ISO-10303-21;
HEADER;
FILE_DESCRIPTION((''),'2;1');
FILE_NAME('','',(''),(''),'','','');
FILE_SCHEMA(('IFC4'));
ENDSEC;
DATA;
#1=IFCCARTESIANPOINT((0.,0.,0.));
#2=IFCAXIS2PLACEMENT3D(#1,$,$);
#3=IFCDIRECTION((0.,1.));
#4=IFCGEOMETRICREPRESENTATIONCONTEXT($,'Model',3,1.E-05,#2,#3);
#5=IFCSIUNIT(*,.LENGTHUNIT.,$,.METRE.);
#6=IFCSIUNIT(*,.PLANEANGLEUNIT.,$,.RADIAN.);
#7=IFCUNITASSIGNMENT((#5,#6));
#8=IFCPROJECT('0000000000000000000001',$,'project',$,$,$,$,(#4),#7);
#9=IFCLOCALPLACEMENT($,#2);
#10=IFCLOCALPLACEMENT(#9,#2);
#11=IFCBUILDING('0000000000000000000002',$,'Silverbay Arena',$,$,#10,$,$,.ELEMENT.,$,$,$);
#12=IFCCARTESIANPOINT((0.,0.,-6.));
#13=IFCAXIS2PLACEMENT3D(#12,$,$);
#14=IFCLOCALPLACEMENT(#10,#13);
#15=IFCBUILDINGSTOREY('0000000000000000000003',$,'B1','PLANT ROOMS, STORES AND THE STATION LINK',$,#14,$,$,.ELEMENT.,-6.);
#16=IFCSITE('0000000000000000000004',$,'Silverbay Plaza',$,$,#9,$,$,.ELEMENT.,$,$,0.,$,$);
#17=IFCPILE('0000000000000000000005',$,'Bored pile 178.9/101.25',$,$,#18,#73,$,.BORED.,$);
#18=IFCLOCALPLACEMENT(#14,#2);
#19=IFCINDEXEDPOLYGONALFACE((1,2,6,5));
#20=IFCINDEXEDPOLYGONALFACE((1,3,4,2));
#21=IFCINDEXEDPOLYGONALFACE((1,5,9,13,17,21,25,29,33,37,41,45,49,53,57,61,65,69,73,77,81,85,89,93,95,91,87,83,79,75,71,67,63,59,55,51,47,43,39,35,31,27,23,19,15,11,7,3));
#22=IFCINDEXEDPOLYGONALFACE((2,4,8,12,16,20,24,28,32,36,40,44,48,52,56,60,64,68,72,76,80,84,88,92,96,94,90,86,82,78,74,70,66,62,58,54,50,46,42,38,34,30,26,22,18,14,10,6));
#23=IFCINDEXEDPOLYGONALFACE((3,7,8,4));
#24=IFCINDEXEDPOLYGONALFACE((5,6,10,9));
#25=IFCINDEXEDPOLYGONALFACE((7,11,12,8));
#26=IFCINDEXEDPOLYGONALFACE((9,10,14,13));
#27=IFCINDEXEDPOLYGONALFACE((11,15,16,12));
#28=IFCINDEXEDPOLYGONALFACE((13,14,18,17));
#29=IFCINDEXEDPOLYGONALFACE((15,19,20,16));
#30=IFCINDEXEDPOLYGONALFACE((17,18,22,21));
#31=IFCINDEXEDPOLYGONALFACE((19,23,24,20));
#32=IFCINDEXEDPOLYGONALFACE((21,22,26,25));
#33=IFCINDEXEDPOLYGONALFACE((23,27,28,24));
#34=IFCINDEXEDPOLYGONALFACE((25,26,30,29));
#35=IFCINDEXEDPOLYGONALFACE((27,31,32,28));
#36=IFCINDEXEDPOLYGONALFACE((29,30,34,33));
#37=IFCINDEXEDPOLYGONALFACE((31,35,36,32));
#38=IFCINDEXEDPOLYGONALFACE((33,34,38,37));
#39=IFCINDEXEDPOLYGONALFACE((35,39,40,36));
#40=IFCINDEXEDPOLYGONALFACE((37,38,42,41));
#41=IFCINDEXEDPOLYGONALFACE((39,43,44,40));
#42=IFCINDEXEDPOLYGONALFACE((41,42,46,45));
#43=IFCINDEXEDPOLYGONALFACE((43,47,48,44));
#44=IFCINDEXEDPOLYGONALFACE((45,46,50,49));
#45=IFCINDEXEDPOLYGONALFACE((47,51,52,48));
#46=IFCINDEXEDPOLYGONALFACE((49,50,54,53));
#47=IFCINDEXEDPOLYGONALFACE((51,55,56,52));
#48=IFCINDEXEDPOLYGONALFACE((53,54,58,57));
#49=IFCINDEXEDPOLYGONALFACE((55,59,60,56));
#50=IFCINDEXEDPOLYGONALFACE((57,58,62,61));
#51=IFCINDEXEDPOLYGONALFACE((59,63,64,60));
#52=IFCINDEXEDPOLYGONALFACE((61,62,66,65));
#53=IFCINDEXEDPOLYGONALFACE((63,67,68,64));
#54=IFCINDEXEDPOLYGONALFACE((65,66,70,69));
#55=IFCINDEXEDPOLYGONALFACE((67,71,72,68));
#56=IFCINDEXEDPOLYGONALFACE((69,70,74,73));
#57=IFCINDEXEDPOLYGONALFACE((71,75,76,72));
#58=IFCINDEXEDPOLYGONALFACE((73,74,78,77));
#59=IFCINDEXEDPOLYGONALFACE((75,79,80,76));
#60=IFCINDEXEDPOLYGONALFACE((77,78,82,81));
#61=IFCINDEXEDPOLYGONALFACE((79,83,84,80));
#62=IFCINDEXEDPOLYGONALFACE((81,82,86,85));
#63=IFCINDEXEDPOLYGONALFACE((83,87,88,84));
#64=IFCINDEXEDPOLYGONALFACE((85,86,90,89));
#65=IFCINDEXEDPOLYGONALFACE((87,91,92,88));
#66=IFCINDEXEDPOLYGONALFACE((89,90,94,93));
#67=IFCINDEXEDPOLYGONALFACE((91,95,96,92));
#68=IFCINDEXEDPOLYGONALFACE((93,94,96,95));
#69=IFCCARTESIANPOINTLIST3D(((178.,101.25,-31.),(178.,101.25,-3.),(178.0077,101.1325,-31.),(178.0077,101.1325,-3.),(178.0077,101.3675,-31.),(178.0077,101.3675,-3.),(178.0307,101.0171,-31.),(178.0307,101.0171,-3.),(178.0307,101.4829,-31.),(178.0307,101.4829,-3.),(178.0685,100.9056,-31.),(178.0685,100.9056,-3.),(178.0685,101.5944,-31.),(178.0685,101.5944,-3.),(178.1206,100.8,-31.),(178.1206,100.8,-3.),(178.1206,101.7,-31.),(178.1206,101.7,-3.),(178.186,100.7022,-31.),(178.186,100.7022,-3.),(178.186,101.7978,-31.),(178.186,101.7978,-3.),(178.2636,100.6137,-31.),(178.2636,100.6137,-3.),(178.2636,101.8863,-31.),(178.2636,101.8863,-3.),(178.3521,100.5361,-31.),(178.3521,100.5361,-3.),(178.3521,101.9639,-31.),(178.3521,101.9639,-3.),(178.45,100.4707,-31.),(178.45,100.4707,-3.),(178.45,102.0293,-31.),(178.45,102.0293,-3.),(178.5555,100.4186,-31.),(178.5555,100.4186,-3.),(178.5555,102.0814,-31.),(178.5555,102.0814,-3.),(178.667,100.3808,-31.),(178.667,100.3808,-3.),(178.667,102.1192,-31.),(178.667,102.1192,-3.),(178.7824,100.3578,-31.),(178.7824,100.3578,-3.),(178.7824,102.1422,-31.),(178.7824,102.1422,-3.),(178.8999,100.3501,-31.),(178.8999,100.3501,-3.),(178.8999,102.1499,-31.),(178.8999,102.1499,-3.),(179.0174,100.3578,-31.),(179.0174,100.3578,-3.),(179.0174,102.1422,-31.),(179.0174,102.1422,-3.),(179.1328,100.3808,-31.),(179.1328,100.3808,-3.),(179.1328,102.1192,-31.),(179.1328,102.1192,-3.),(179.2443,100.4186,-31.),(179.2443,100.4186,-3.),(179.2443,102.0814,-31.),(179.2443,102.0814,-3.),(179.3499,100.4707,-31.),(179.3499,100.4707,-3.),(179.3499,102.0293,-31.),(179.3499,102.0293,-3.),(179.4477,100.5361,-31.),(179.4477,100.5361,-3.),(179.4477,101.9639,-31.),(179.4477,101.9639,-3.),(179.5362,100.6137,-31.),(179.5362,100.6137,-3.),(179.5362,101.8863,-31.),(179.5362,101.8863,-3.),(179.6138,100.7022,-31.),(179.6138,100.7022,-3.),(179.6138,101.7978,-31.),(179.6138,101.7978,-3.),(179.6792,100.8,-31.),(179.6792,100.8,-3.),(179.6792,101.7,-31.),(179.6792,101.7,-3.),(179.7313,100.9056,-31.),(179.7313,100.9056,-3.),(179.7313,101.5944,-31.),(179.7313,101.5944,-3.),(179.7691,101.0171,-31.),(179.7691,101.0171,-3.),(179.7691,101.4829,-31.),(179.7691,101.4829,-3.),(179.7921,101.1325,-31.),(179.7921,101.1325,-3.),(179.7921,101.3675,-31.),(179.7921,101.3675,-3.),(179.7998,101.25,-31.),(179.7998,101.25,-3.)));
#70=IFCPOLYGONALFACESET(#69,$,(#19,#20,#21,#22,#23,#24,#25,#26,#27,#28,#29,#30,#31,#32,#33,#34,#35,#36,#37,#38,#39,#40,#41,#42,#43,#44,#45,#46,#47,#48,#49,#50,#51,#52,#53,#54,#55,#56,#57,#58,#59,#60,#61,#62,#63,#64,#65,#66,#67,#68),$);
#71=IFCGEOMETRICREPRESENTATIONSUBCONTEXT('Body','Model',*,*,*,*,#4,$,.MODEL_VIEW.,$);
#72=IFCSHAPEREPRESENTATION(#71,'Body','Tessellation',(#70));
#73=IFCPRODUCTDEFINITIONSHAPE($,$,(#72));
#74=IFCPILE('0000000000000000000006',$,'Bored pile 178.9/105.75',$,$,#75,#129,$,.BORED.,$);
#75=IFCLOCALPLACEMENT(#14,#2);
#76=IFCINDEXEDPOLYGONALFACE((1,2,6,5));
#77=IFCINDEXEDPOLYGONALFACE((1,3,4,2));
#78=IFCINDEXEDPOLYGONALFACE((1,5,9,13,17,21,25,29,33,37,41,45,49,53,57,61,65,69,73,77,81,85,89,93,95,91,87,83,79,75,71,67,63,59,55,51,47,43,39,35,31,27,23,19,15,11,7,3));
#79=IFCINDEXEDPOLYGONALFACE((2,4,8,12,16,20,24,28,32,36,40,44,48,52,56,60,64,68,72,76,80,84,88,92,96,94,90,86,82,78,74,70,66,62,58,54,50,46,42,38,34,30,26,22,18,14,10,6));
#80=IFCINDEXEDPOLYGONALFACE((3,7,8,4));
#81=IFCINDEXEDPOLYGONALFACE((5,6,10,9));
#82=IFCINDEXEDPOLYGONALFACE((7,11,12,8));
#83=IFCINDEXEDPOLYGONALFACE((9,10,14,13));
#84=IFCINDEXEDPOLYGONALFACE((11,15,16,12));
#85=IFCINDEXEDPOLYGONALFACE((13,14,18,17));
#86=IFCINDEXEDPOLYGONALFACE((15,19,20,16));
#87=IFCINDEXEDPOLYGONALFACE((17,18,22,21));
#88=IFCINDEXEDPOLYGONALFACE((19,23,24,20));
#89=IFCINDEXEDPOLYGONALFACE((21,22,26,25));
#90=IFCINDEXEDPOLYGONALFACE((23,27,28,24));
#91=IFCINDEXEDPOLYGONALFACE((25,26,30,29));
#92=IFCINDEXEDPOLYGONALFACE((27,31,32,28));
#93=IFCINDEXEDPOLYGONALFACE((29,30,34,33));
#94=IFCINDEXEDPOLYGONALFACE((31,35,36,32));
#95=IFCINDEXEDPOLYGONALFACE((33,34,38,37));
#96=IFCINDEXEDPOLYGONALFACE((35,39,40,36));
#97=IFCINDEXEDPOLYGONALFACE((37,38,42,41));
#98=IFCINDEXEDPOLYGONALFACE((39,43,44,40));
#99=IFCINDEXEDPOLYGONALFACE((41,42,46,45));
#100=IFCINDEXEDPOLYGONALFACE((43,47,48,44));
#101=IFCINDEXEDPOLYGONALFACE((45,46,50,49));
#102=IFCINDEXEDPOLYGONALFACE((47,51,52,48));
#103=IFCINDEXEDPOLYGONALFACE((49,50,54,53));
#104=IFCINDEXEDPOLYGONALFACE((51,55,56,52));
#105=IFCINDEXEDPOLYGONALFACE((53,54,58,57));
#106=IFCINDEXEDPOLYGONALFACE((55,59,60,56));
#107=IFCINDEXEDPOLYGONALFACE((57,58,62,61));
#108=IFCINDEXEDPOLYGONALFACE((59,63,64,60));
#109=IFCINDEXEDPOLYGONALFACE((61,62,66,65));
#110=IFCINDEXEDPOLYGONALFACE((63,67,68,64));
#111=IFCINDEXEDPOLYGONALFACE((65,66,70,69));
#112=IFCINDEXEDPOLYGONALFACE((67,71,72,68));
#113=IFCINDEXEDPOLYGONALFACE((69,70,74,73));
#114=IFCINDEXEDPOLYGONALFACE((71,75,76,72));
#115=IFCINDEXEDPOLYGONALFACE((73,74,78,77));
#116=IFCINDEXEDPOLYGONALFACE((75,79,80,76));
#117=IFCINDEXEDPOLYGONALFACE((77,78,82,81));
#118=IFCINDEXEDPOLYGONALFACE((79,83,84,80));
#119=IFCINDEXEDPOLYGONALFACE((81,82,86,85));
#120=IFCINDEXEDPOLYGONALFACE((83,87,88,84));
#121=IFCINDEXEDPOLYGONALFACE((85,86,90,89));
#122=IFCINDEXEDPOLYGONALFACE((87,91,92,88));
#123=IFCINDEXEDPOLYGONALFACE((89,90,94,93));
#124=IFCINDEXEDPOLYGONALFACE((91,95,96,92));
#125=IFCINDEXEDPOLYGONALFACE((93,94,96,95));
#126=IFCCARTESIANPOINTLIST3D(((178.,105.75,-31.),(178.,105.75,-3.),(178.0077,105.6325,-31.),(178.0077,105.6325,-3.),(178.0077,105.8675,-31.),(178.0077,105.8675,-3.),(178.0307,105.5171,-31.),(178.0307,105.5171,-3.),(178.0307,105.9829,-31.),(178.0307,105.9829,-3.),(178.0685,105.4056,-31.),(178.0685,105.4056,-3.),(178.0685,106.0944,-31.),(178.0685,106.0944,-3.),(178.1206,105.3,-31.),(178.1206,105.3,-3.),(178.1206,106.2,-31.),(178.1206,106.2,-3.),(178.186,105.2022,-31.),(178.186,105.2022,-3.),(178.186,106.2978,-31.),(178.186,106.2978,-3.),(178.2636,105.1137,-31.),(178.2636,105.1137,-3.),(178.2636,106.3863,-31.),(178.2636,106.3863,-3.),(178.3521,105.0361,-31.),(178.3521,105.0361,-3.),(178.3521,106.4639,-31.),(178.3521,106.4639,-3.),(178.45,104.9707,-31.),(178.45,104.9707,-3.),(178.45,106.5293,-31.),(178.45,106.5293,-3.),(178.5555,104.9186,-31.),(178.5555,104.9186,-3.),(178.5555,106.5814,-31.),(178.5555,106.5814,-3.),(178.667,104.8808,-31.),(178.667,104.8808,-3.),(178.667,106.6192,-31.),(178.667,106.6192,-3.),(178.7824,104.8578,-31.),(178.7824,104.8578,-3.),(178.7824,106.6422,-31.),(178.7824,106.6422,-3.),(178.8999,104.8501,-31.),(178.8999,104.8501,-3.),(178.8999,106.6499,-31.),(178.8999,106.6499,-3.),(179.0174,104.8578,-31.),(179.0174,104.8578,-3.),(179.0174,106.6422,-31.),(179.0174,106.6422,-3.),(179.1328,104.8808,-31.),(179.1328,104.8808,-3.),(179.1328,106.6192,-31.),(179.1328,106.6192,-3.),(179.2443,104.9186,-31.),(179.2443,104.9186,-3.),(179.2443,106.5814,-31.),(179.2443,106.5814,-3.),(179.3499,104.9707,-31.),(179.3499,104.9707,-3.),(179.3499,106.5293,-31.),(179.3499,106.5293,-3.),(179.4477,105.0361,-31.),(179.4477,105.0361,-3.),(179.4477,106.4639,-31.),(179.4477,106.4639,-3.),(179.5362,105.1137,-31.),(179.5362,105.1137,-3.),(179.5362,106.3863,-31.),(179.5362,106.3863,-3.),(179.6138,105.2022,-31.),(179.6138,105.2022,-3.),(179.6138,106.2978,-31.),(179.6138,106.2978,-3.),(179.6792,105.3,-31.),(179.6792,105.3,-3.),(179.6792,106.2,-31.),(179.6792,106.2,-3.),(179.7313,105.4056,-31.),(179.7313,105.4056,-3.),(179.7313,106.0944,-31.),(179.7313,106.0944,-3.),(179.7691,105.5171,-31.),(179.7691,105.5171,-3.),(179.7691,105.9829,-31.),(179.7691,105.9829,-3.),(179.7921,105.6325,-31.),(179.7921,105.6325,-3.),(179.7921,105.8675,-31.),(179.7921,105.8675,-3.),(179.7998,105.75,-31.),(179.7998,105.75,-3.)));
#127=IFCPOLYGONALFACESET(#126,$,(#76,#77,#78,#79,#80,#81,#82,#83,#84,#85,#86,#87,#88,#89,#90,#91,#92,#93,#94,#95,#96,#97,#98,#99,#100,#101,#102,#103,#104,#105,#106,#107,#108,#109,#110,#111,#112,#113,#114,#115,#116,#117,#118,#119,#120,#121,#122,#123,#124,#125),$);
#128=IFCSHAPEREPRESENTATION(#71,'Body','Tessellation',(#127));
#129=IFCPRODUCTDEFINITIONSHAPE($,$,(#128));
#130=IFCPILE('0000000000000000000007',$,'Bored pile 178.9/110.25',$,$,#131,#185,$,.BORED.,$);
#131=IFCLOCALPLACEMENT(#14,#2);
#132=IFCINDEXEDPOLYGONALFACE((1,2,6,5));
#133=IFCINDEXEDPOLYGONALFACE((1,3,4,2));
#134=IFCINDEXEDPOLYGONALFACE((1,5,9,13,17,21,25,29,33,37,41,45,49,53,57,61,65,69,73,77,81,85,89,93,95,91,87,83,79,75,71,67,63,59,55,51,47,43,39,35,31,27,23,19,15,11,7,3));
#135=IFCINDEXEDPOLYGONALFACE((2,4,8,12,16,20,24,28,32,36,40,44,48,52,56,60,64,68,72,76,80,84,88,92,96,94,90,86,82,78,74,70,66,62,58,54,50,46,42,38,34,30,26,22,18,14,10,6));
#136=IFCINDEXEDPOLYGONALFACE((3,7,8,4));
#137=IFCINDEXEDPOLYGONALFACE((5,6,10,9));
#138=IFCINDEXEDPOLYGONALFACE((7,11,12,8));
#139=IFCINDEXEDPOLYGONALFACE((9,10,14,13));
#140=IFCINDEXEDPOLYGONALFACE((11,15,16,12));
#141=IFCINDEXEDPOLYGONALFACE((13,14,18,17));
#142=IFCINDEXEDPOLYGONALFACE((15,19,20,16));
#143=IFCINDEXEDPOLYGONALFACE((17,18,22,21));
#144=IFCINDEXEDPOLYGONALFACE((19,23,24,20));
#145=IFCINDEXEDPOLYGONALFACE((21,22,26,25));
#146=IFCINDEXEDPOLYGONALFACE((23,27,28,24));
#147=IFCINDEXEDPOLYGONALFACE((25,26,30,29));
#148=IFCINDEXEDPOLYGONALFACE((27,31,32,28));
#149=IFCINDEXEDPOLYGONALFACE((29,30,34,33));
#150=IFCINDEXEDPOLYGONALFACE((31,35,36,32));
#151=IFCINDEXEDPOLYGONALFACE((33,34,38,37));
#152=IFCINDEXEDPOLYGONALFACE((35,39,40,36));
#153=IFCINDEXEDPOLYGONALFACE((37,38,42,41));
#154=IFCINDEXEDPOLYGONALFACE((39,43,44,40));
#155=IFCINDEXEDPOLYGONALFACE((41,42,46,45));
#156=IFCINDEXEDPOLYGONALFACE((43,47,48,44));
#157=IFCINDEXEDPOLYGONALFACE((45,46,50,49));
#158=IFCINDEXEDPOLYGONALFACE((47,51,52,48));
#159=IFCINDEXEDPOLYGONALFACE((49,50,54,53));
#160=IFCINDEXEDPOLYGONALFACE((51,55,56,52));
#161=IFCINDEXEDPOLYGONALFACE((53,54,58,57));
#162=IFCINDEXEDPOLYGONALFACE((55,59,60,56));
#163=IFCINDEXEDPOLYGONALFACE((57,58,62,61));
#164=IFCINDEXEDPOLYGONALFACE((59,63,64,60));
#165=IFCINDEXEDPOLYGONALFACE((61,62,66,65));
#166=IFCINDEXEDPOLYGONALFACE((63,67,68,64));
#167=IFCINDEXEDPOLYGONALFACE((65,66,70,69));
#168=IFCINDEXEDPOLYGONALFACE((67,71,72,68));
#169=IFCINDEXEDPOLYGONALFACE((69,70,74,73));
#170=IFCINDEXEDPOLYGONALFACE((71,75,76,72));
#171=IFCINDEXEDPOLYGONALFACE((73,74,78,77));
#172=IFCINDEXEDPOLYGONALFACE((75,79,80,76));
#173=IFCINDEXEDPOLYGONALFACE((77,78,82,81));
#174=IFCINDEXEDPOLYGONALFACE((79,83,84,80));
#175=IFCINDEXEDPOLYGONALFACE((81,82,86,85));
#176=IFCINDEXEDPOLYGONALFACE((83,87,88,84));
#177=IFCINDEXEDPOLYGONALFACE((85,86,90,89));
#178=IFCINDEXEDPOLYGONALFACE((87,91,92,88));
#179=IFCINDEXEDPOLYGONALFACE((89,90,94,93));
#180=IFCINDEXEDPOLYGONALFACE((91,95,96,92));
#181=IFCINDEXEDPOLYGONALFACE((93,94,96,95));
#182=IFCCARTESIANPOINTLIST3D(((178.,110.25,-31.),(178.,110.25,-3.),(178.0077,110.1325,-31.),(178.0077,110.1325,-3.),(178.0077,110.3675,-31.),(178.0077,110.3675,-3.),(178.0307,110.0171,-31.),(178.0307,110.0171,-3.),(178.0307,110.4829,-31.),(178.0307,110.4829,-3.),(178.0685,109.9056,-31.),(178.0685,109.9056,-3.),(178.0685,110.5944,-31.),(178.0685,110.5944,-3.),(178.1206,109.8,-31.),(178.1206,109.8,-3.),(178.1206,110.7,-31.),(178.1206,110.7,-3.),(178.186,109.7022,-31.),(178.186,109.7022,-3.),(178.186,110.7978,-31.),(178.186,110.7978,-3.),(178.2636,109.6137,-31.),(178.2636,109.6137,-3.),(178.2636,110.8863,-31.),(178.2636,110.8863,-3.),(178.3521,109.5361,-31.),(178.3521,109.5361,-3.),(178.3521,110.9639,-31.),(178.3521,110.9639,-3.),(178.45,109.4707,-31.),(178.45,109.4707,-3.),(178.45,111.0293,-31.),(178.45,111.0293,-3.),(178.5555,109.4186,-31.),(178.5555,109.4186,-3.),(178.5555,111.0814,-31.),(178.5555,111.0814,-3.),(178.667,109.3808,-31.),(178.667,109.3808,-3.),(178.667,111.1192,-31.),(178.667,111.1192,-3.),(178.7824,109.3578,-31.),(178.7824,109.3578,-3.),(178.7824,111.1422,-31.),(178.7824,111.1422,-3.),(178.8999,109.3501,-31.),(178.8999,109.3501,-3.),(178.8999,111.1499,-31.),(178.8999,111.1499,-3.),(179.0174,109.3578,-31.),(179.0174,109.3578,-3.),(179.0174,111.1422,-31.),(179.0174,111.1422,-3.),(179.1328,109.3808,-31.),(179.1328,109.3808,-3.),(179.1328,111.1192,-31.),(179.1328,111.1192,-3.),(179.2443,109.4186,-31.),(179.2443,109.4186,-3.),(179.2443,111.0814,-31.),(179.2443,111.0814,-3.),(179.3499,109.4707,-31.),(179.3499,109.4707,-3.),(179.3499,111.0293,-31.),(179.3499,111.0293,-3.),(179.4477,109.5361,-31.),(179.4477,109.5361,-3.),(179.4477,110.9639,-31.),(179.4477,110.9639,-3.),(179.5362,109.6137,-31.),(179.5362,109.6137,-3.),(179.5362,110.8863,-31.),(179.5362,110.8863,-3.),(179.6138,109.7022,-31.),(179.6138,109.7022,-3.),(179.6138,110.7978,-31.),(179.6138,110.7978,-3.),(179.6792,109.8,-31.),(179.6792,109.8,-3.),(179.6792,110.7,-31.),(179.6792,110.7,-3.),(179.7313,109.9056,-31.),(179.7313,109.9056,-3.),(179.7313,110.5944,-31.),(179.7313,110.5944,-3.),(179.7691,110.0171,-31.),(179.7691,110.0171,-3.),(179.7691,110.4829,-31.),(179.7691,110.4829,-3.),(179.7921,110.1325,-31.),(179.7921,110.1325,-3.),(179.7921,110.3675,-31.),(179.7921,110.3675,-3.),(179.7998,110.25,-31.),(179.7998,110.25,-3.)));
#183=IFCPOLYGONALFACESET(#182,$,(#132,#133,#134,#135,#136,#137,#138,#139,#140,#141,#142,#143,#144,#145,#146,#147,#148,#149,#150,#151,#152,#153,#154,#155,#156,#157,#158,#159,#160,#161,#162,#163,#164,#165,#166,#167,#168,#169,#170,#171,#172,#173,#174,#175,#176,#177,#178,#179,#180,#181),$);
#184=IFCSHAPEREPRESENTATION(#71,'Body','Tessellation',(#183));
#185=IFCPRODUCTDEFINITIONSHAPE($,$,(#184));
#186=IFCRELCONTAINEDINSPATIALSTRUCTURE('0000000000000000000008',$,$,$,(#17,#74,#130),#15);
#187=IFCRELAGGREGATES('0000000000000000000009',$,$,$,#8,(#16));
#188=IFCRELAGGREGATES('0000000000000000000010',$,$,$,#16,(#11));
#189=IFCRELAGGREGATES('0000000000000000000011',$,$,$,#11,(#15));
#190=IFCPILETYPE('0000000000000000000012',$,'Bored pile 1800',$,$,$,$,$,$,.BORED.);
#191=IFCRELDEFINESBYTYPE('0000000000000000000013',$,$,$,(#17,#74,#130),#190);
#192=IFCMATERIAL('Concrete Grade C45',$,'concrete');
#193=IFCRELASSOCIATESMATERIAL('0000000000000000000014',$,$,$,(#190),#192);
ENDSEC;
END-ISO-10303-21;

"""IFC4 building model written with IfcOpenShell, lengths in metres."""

from ifc_helpers import new_model, si_unit, direction, frame, origin, origin_2d, place, context, subcontext, project, spatial, circle, extrude, material, material_profile, profile_set, type_object, element, save


model = new_model("IFC4")

# Units and contexts
model_context = context("Model", 3, precision=1e-05, world=origin(), true_north=direction((0.0, 1.0)))
body_context = subcontext(model_context, "Body", "Model", "MODEL_VIEW")
ifc_project = project(units=[si_unit("LENGTHUNIT", "METRE"), si_unit("PLANEANGLEUNIT", "RADIAN")], contexts=[model_context])

# Site, building, storey
site_placement = place(None, origin())
site = spatial("IfcSite", under=ifc_project, at=site_placement, Name="Silverbay Plaza", CompositionType="ELEMENT", RefElevation=0.0)
building_placement = place(site_placement, origin())
building = spatial("IfcBuilding", under=site, at=building_placement, Name="Silverbay Arena", CompositionType="ELEMENT")
storey_placement = place(building_placement, frame((0.0, 0.0, -6.0)))
storey = spatial("IfcBuildingStorey", under=building, at=storey_placement, Name="B1", Description="PLANT ROOMS, STORES AND THE STATION LINK", CompositionType="ELEMENT", Elevation=-6.0)

# Piles
ifc_material_1 = material(Name="Concrete Grade C45", Category="concrete")
ifc_material_profile_1 = material_profile(ifc_material_1, circle(Radius=0.8999, at=origin_2d()), Name="Bored pile 1800")
ifc_profile_set_1 = profile_set([ifc_material_profile_1], Name="Concrete Grade C45")
pile_type = type_object("IfcPileType", Name="Bored pile 1800", PredefinedType="BORED", material=ifc_profile_set_1)
for number, where, z_axis, x_axis, name in (
    (1, (178.8999, 101.25, -3.0), (0.0, 0.0, -1.0), (1.0, 0.0, 0.0), "Bored pile 178.9/101.25"),
    (2, (178.8999, 105.75, -3.0), (0.0, 0.0, -1.0), (1.0, 0.0, 0.0), "Bored pile 178.9/105.75"),
    (3, (178.8999, 110.25, -3.0), (0.0, 0.0, -1.0), (1.0, 0.0, 0.0), "Bored pile 178.9/110.25"),
):
    element("IfcPile", number, at=place(storey_placement, frame(where, z_axis=z_axis, x_axis=x_axis)), inside=storey, type_object=pile_type, Name=name, PredefinedType="BORED", context=body_context, shape_type="SweptSolid", body=[
        extrude(circle(Radius=0.8999, at=origin_2d()), origin(), (0.0, 0.0, 1.0), 28.0),
    ])

save(model, "model.ifc")
